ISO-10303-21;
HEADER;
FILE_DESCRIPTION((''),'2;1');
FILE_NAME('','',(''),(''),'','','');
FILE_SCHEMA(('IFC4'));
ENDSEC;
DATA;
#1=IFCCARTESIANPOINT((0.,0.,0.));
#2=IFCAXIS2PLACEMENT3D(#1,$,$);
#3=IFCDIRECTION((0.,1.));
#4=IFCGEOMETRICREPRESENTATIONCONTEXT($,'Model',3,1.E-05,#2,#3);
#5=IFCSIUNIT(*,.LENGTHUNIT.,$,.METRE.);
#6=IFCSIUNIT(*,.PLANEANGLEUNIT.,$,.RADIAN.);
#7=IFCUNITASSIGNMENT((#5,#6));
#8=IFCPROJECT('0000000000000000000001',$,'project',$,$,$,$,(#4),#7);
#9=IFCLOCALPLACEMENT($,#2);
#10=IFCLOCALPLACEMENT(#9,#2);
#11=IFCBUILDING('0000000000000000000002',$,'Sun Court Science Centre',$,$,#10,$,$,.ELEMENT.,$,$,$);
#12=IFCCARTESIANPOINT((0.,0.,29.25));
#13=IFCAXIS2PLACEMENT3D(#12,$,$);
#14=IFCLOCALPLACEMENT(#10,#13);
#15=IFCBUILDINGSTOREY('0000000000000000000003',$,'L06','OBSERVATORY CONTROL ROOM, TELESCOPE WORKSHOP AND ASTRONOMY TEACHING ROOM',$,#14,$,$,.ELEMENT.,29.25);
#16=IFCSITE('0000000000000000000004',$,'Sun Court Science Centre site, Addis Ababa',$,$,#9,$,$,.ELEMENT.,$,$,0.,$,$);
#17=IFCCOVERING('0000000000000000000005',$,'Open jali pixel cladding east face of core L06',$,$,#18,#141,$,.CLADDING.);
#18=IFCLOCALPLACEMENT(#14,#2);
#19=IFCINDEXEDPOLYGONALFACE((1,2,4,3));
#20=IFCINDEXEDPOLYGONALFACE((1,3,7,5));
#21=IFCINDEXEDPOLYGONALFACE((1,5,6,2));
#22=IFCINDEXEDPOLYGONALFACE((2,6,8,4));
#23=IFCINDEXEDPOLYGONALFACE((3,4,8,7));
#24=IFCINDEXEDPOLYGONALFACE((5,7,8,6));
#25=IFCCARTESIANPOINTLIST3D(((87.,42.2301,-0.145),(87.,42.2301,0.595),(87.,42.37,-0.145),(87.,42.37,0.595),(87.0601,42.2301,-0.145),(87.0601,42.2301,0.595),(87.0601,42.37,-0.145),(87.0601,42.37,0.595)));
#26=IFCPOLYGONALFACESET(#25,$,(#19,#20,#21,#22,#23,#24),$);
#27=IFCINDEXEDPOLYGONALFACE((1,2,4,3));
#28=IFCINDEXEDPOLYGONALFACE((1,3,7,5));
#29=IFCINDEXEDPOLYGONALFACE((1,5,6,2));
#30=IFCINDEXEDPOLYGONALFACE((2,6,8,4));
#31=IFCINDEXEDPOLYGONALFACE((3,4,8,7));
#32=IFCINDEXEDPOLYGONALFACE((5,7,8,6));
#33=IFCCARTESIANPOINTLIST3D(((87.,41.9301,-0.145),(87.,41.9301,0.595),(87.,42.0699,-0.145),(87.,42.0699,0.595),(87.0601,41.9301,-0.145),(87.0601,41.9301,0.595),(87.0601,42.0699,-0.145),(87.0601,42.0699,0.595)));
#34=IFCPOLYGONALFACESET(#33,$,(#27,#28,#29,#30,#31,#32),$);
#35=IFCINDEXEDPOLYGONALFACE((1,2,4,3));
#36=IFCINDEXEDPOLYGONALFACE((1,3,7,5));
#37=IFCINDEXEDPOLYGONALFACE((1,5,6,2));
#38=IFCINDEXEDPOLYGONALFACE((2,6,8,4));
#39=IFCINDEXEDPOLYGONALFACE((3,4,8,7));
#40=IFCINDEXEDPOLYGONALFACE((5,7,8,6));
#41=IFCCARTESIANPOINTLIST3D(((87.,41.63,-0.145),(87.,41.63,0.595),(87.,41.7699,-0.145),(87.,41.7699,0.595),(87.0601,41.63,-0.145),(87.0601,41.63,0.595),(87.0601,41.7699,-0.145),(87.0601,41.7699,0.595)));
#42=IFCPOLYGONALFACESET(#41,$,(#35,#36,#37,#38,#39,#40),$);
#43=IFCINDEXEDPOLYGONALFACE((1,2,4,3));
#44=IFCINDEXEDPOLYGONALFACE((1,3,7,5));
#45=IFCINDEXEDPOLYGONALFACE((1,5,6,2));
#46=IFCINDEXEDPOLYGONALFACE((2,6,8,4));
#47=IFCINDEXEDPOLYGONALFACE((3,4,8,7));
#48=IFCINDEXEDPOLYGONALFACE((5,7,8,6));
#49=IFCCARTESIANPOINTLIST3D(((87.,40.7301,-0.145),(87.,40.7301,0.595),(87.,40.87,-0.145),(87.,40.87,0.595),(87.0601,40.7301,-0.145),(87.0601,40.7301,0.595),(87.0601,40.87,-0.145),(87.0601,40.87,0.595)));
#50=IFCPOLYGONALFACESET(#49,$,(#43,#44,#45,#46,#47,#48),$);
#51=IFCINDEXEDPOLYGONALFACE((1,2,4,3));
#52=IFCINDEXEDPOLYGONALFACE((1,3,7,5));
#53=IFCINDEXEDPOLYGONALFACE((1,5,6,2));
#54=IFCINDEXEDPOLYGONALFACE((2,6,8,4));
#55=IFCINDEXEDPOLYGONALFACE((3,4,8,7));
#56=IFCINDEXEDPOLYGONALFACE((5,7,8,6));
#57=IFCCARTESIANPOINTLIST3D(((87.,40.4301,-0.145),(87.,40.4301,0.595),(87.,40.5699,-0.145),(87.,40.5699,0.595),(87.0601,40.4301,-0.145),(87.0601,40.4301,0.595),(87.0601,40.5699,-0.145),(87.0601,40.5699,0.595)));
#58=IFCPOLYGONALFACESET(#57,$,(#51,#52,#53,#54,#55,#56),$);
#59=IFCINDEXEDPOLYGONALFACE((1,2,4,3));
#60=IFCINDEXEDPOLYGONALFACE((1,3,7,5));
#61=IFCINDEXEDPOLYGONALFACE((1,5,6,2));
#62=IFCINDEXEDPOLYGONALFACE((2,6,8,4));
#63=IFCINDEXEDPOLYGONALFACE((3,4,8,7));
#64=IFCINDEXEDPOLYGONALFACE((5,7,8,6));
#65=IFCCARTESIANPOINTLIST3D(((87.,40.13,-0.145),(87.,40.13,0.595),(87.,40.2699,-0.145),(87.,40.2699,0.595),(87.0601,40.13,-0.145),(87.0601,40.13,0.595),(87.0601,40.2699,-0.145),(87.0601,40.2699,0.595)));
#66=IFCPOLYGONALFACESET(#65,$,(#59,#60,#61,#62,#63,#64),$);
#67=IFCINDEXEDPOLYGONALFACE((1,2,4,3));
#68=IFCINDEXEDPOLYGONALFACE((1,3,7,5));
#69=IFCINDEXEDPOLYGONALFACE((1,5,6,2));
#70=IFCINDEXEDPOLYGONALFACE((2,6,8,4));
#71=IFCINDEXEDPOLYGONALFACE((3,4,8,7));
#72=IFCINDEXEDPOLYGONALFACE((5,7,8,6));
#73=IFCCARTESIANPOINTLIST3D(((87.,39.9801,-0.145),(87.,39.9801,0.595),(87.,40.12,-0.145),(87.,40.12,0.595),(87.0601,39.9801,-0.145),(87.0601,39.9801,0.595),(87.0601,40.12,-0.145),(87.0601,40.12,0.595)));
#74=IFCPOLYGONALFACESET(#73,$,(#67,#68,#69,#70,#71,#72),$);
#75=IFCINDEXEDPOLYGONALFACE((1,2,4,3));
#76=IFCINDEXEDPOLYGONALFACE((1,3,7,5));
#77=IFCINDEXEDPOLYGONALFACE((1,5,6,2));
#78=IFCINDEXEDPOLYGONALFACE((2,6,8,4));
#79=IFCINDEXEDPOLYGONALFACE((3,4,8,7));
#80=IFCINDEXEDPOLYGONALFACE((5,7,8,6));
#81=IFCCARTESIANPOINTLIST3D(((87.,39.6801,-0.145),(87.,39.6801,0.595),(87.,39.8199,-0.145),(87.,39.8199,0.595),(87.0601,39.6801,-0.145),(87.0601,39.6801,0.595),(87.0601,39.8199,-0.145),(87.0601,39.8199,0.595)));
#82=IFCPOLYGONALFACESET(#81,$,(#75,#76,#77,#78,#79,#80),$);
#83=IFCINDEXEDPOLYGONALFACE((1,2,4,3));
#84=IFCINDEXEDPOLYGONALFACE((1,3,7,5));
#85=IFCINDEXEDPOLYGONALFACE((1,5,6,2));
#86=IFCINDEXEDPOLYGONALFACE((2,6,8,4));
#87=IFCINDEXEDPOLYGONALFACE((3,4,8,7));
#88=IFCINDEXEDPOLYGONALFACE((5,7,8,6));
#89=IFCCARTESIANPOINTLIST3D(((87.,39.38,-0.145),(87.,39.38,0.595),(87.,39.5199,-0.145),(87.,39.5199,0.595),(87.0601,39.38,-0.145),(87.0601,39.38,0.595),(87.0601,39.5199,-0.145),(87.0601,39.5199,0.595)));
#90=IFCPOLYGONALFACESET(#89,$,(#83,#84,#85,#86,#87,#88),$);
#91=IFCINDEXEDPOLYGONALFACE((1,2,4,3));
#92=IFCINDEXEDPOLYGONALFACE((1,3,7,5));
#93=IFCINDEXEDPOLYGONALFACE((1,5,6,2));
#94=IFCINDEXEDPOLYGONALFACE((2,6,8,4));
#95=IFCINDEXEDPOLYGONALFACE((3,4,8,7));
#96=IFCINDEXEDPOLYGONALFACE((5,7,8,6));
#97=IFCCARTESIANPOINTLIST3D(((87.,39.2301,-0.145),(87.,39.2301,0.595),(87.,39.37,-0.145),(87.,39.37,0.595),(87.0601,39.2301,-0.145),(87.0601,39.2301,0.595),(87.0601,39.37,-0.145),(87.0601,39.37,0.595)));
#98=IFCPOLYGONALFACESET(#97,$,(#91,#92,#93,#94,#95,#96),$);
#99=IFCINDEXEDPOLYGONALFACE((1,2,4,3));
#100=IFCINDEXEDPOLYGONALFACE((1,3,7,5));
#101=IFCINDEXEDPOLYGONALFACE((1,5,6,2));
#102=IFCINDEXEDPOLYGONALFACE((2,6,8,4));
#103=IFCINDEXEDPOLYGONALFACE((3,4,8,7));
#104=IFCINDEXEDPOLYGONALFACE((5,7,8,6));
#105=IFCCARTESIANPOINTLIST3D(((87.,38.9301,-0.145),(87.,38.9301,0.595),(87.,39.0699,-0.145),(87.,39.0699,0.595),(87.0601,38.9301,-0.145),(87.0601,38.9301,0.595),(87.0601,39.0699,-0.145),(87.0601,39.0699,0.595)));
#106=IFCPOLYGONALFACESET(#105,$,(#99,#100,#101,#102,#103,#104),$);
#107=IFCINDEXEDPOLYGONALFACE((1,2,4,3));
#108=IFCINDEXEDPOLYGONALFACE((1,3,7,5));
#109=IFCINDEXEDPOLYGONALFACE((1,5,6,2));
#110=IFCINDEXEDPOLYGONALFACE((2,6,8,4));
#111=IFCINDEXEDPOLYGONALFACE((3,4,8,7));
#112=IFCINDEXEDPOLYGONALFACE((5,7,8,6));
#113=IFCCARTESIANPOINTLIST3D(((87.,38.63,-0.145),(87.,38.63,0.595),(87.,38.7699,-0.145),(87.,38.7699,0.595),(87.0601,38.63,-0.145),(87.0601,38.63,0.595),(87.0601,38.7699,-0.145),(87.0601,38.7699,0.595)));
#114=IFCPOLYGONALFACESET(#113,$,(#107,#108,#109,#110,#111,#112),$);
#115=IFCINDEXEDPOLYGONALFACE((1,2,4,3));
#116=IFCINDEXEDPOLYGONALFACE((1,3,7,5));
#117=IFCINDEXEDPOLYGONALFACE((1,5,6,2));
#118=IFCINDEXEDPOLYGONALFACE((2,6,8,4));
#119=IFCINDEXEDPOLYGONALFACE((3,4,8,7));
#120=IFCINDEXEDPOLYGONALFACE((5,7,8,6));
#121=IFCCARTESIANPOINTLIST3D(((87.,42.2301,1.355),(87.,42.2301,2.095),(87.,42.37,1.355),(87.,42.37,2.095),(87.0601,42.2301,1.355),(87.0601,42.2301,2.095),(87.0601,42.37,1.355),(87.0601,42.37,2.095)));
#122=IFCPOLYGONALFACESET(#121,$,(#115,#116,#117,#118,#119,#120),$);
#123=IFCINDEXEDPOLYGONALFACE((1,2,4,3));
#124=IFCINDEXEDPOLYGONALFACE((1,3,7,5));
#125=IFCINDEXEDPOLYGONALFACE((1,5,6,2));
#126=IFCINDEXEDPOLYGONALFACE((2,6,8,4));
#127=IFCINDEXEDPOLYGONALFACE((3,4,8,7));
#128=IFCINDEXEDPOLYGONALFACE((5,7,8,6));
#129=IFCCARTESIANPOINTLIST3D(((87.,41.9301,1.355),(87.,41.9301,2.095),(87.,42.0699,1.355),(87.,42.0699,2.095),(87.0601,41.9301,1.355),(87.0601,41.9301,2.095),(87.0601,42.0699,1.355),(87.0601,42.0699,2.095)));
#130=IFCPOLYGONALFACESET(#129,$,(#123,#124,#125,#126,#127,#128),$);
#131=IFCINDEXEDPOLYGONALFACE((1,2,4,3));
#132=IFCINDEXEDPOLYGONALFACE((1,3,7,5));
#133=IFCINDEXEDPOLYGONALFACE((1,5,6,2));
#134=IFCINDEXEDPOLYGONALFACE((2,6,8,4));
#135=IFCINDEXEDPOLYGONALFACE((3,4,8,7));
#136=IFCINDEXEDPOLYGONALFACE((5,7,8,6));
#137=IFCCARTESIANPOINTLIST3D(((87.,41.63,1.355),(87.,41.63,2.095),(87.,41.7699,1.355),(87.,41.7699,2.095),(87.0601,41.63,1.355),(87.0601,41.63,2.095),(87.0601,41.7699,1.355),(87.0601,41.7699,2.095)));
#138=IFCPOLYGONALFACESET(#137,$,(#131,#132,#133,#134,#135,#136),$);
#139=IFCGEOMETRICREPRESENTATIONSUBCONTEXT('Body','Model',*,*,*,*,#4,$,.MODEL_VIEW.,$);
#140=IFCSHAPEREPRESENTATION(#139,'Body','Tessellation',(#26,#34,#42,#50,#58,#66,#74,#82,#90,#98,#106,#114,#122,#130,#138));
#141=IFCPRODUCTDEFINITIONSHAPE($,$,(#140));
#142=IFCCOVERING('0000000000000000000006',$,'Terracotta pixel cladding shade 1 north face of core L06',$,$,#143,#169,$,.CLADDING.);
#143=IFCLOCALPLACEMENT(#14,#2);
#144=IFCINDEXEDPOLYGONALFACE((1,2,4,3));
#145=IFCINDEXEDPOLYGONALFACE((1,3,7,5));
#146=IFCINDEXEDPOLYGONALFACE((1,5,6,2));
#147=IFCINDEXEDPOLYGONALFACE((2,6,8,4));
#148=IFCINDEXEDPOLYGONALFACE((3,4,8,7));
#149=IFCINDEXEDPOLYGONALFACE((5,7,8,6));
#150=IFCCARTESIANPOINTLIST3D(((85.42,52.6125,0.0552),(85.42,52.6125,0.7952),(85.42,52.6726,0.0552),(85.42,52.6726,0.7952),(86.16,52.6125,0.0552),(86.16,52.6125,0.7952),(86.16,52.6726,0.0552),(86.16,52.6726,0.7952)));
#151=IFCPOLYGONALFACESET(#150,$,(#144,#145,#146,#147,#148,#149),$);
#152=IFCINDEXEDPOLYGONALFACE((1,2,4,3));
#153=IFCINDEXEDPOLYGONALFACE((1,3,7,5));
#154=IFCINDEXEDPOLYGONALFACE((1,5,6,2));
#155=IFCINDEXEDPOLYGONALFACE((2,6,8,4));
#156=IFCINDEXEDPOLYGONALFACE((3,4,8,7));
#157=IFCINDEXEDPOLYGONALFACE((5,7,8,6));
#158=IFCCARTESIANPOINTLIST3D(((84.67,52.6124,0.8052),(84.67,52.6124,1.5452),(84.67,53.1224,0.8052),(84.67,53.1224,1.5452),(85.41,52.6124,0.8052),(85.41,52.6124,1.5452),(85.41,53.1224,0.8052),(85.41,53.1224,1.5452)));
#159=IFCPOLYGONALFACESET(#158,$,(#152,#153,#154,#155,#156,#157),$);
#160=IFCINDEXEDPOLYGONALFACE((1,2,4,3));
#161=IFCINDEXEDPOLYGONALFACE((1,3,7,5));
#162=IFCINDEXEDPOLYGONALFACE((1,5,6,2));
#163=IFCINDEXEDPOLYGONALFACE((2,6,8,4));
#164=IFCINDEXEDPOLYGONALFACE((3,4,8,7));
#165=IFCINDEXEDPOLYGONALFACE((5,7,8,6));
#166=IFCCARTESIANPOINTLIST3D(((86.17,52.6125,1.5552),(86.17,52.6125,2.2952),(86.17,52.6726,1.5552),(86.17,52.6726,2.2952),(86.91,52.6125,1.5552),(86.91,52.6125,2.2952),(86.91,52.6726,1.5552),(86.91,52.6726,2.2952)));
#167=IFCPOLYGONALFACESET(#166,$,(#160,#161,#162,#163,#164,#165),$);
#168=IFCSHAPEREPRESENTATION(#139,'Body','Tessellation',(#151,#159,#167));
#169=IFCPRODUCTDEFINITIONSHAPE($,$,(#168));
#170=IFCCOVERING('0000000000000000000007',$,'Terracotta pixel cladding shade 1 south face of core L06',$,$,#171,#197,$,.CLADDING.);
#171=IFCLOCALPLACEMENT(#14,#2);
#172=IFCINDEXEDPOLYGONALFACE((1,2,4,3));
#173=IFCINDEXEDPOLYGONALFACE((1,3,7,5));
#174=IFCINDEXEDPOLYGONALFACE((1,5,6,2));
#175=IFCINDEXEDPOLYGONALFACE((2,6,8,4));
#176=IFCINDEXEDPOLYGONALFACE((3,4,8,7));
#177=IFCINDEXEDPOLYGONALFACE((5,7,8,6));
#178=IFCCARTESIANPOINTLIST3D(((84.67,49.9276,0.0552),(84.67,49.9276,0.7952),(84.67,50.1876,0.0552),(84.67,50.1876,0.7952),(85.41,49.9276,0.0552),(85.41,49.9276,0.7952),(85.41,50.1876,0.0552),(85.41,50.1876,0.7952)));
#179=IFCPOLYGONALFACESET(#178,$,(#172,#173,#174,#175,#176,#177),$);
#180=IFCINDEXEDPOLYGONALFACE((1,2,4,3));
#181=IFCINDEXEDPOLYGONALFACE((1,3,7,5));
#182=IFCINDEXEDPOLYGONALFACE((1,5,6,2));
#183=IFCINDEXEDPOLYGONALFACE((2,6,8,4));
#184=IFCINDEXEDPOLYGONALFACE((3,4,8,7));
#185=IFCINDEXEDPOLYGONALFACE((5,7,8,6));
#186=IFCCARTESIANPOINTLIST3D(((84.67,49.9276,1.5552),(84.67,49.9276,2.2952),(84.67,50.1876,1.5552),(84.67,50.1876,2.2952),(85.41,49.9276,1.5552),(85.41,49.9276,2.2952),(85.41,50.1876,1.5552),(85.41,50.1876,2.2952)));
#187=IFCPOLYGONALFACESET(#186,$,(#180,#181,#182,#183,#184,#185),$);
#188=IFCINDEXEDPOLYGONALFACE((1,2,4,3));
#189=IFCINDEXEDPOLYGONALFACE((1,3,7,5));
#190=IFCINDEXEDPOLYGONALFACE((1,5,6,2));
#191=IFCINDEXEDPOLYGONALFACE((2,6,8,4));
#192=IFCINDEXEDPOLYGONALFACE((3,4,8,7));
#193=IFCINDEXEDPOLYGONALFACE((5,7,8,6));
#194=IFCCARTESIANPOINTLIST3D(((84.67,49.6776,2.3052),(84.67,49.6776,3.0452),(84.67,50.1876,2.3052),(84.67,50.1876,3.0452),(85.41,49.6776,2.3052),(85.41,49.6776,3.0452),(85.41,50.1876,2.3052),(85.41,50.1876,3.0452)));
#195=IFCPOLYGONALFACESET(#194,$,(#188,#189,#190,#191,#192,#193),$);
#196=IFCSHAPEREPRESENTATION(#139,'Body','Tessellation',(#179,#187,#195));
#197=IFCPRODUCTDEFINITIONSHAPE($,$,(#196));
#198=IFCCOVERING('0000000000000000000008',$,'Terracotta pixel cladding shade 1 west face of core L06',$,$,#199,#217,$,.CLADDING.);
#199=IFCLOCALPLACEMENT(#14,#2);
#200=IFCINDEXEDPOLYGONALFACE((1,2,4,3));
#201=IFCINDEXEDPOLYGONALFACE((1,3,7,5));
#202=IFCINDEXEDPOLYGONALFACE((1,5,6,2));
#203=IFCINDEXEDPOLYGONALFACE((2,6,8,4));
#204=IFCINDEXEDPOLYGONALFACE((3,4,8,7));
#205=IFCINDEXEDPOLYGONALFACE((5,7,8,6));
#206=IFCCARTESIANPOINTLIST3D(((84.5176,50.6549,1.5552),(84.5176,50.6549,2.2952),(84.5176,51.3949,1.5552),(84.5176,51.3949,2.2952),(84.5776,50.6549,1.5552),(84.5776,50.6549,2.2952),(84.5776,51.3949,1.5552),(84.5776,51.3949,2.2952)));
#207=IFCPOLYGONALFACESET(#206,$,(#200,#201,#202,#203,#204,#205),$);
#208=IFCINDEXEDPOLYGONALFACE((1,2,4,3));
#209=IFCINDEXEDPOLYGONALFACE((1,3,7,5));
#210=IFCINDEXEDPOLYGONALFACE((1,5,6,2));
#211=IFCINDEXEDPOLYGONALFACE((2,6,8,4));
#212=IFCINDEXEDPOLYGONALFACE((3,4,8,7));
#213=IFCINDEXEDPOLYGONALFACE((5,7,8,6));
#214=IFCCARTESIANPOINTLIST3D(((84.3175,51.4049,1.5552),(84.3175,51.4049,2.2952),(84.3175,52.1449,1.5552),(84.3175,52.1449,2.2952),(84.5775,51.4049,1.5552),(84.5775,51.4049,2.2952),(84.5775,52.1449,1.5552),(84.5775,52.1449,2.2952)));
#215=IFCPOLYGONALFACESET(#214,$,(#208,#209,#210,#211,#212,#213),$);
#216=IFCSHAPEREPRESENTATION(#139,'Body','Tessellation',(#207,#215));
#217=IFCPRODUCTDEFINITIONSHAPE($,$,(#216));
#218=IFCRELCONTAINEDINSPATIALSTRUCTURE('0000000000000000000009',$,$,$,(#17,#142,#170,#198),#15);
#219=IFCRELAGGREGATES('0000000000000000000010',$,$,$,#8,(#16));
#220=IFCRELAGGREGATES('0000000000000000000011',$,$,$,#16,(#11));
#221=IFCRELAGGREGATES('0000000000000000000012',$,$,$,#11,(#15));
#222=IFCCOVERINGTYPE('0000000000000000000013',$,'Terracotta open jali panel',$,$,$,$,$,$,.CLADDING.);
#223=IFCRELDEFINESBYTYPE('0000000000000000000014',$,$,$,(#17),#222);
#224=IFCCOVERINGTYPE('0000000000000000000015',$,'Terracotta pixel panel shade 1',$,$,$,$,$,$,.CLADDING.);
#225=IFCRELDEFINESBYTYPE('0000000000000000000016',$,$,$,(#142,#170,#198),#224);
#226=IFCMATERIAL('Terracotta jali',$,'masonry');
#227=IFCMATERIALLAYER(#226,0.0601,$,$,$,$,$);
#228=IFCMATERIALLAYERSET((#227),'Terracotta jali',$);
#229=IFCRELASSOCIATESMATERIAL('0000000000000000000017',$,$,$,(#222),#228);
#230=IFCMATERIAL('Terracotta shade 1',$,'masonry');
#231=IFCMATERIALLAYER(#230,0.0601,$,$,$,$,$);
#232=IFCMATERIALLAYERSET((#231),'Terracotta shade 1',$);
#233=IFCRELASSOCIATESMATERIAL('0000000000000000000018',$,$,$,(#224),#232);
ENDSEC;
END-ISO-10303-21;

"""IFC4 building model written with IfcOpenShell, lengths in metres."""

from ifc_helpers import new_model, si_unit, direction, frame, origin, origin_2d, place, context, subcontext, project, spatial, rectangle, extrude, material, layer, layer_set, type_object, element, save


model = new_model("IFC4")

# Units and contexts
model_context = context("Model", 3, precision=1e-05, world=origin(), true_north=direction((0.0, 1.0)))
body_context = subcontext(model_context, "Body", "Model", "MODEL_VIEW")
ifc_project = project(units=[si_unit("LENGTHUNIT", "METRE"), si_unit("PLANEANGLEUNIT", "RADIAN")], contexts=[model_context])

# Site, building, storey
site_placement = place(None, origin())
site = spatial("IfcSite", under=ifc_project, at=site_placement, Name="Sun Court Science Centre site, Addis Ababa", CompositionType="ELEMENT", RefElevation=0.0)
building_placement = place(site_placement, origin())
building = spatial("IfcBuilding", under=site, at=building_placement, Name="Sun Court Science Centre", CompositionType="ELEMENT")
storey_placement = place(building_placement, frame((0.0, 0.0, 29.25)))
storey = spatial("IfcBuildingStorey", under=building, at=storey_placement, Name="L06", Description="OBSERVATORY CONTROL ROOM, TELESCOPE WORKSHOP AND ASTRONOMY TEACHING ROOM", CompositionType="ELEMENT", Elevation=29.25)

# Coverings
ifc_material_1 = material(Name="Terracotta jali", Category="masonry")
ifc_layer_1 = layer(ifc_material_1, 0.0601)
ifc_layer_set_1 = layer_set([ifc_layer_1], Name="Terracotta jali")
covering_type_1 = type_object("IfcCoveringType", Name="Terracotta open jali panel", PredefinedType="CLADDING", material=ifc_layer_set_1)
covering_1_placement = place(storey_placement, frame((0.0, 0.0, -29.25)))
element("IfcCovering", 1, at=covering_1_placement, inside=storey, type_object=covering_type_1, Name="Open jali pixel cladding east face of core L06", PredefinedType="CLADDING", context=body_context, shape_type="SweptSolid", body=[
    extrude(rectangle(XDim=0.1399, YDim=0.0601, at=origin_2d()), frame((87.03, 42.3, 29.105), z_axis=(0.0, 0.0, 1.0), x_axis=(0.0, -1.0, 0.0)), (0.0, 0.0, 1.0), 0.74),
    extrude(rectangle(XDim=0.1399, YDim=0.0601, at=origin_2d()), frame((87.03, 42.0, 29.105), z_axis=(0.0, 0.0, 1.0), x_axis=(0.0, -1.0, 0.0)), (0.0, 0.0, 1.0), 0.74),
    extrude(rectangle(XDim=0.1399, YDim=0.0601, at=origin_2d()), frame((87.03, 41.7, 29.105), z_axis=(0.0, 0.0, 1.0), x_axis=(0.0, -1.0, 0.0)), (0.0, 0.0, 1.0), 0.74),
    extrude(rectangle(XDim=0.1399, YDim=0.0601, at=origin_2d()), frame((87.03, 40.8, 29.105), z_axis=(0.0, 0.0, 1.0), x_axis=(0.0, -1.0, 0.0)), (0.0, 0.0, 1.0), 0.74),
    extrude(rectangle(XDim=0.1399, YDim=0.0601, at=origin_2d()), frame((87.03, 40.5, 29.105), z_axis=(0.0, 0.0, 1.0), x_axis=(0.0, -1.0, 0.0)), (0.0, 0.0, 1.0), 0.74),
    extrude(rectangle(XDim=0.1399, YDim=0.0601, at=origin_2d()), frame((87.03, 40.2, 29.105), z_axis=(0.0, 0.0, 1.0), x_axis=(0.0, -1.0, 0.0)), (0.0, 0.0, 1.0), 0.74),
    extrude(rectangle(XDim=0.1399, YDim=0.0601, at=origin_2d()), frame((87.03, 40.05, 29.105), z_axis=(0.0, 0.0, 1.0), x_axis=(0.0, -1.0, 0.0)), (0.0, 0.0, 1.0), 0.74),
    extrude(rectangle(XDim=0.1399, YDim=0.0601, at=origin_2d()), frame((87.03, 39.75, 29.105), z_axis=(0.0, 0.0, 1.0), x_axis=(0.0, -1.0, 0.0)), (0.0, 0.0, 1.0), 0.74),
    extrude(rectangle(XDim=0.1399, YDim=0.0601, at=origin_2d()), frame((87.03, 39.45, 29.105), z_axis=(0.0, 0.0, 1.0), x_axis=(0.0, -1.0, 0.0)), (0.0, 0.0, 1.0), 0.74),
    extrude(rectangle(XDim=0.1399, YDim=0.0601, at=origin_2d()), frame((87.03, 39.3, 29.105), z_axis=(0.0, 0.0, 1.0), x_axis=(0.0, -1.0, 0.0)), (0.0, 0.0, 1.0), 0.74),
    extrude(rectangle(XDim=0.1399, YDim=0.0601, at=origin_2d()), frame((87.03, 39.0, 29.105), z_axis=(0.0, 0.0, 1.0), x_axis=(0.0, -1.0, 0.0)), (0.0, 0.0, 1.0), 0.74),
    extrude(rectangle(XDim=0.1399, YDim=0.0601, at=origin_2d()), frame((87.03, 38.7, 29.105), z_axis=(0.0, 0.0, 1.0), x_axis=(0.0, -1.0, 0.0)), (0.0, 0.0, 1.0), 0.74),
    extrude(rectangle(XDim=0.1399, YDim=0.0601, at=origin_2d()), frame((87.03, 42.3, 30.605), z_axis=(0.0, 0.0, 1.0), x_axis=(0.0, -1.0, 0.0)), (0.0, 0.0, 1.0), 0.74),
    extrude(rectangle(XDim=0.1399, YDim=0.0601, at=origin_2d()), frame((87.03, 42.0, 30.605), z_axis=(0.0, 0.0, 1.0), x_axis=(0.0, -1.0, 0.0)), (0.0, 0.0, 1.0), 0.74),
    extrude(rectangle(XDim=0.1399, YDim=0.0601, at=origin_2d()), frame((87.03, 41.7, 30.605), z_axis=(0.0, 0.0, 1.0), x_axis=(0.0, -1.0, 0.0)), (0.0, 0.0, 1.0), 0.74),
])
ifc_material_2 = material(Name="Terracotta shade 1", Category="masonry")
ifc_layer_2 = layer(ifc_material_2, 0.0601)
ifc_layer_set_2 = layer_set([ifc_layer_2], Name="Terracotta shade 1")
covering_type_2 = type_object("IfcCoveringType", Name="Terracotta pixel panel shade 1", PredefinedType="CLADDING", material=ifc_layer_set_2)
covering_2_placement = place(storey_placement, frame((0.0, 0.0, -29.25)))
element("IfcCovering", 2, at=covering_2_placement, inside=storey, type_object=covering_type_2, Name="Terracotta pixel cladding shade 1 north face of core L06", PredefinedType="CLADDING", context=body_context, shape_type="SweptSolid", body=[
    extrude(rectangle(XDim=0.74, YDim=0.0601, at=origin_2d()), frame((85.79, 52.6426, 29.3052), z_axis=(0.0, 0.0, 1.0), x_axis=(1.0, 0.0, 0.0)), (0.0, 0.0, 1.0), 0.74),
    extrude(rectangle(XDim=0.74, YDim=0.51, at=origin_2d()), frame((85.04, 52.8674, 30.0552), z_axis=(0.0, 0.0, 1.0), x_axis=(1.0, 0.0, 0.0)), (0.0, 0.0, 1.0), 0.74),
    extrude(rectangle(XDim=0.74, YDim=0.0601, at=origin_2d()), frame((86.54, 52.6426, 30.8052), z_axis=(0.0, 0.0, 1.0), x_axis=(1.0, 0.0, 0.0)), (0.0, 0.0, 1.0), 0.74),
])
covering_3_placement = place(storey_placement, frame((0.0, 0.0, -29.25)))
element("IfcCovering", 3, at=covering_3_placement, inside=storey, type_object=covering_type_2, Name="Terracotta pixel cladding shade 1 south face of core L06", PredefinedType="CLADDING", context=body_context, shape_type="SweptSolid", body=[
    extrude(rectangle(XDim=0.74, YDim=0.26, at=origin_2d()), frame((85.04, 50.0576, 29.3052), z_axis=(0.0, 0.0, 1.0), x_axis=(-1.0, 0.0, 0.0)), (0.0, 0.0, 1.0), 0.74),
    extrude(rectangle(XDim=0.74, YDim=0.26, at=origin_2d()), frame((85.04, 50.0576, 30.8052), z_axis=(0.0, 0.0, 1.0), x_axis=(-1.0, 0.0, 0.0)), (0.0, 0.0, 1.0), 0.74),
    extrude(rectangle(XDim=0.74, YDim=0.51, at=origin_2d()), frame((85.04, 49.9326, 31.5552), z_axis=(0.0, 0.0, 1.0), x_axis=(-1.0, 0.0, 0.0)), (0.0, 0.0, 1.0), 0.74),
])
covering_4_placement = place(storey_placement, frame((0.0, 0.0, -29.25)))
element("IfcCovering", 4, at=covering_4_placement, inside=storey, type_object=covering_type_2, Name="Terracotta pixel cladding shade 1 west face of core L06", PredefinedType="CLADDING", context=body_context, shape_type="SweptSolid", body=[
    extrude(rectangle(XDim=0.74, YDim=0.0601, at=origin_2d()), frame((84.5476, 51.0249, 30.8052), z_axis=(0.0, 0.0, 1.0), x_axis=(0.0, 1.0, 0.0)), (0.0, 0.0, 1.0), 0.74),
    extrude(rectangle(XDim=0.74, YDim=0.26, at=origin_2d()), frame((84.4475, 51.7749, 30.8052), z_axis=(0.0, 0.0, 1.0), x_axis=(0.0, 1.0, 0.0)), (0.0, 0.0, 1.0), 0.74),
])

save(model, "model.ifc")
